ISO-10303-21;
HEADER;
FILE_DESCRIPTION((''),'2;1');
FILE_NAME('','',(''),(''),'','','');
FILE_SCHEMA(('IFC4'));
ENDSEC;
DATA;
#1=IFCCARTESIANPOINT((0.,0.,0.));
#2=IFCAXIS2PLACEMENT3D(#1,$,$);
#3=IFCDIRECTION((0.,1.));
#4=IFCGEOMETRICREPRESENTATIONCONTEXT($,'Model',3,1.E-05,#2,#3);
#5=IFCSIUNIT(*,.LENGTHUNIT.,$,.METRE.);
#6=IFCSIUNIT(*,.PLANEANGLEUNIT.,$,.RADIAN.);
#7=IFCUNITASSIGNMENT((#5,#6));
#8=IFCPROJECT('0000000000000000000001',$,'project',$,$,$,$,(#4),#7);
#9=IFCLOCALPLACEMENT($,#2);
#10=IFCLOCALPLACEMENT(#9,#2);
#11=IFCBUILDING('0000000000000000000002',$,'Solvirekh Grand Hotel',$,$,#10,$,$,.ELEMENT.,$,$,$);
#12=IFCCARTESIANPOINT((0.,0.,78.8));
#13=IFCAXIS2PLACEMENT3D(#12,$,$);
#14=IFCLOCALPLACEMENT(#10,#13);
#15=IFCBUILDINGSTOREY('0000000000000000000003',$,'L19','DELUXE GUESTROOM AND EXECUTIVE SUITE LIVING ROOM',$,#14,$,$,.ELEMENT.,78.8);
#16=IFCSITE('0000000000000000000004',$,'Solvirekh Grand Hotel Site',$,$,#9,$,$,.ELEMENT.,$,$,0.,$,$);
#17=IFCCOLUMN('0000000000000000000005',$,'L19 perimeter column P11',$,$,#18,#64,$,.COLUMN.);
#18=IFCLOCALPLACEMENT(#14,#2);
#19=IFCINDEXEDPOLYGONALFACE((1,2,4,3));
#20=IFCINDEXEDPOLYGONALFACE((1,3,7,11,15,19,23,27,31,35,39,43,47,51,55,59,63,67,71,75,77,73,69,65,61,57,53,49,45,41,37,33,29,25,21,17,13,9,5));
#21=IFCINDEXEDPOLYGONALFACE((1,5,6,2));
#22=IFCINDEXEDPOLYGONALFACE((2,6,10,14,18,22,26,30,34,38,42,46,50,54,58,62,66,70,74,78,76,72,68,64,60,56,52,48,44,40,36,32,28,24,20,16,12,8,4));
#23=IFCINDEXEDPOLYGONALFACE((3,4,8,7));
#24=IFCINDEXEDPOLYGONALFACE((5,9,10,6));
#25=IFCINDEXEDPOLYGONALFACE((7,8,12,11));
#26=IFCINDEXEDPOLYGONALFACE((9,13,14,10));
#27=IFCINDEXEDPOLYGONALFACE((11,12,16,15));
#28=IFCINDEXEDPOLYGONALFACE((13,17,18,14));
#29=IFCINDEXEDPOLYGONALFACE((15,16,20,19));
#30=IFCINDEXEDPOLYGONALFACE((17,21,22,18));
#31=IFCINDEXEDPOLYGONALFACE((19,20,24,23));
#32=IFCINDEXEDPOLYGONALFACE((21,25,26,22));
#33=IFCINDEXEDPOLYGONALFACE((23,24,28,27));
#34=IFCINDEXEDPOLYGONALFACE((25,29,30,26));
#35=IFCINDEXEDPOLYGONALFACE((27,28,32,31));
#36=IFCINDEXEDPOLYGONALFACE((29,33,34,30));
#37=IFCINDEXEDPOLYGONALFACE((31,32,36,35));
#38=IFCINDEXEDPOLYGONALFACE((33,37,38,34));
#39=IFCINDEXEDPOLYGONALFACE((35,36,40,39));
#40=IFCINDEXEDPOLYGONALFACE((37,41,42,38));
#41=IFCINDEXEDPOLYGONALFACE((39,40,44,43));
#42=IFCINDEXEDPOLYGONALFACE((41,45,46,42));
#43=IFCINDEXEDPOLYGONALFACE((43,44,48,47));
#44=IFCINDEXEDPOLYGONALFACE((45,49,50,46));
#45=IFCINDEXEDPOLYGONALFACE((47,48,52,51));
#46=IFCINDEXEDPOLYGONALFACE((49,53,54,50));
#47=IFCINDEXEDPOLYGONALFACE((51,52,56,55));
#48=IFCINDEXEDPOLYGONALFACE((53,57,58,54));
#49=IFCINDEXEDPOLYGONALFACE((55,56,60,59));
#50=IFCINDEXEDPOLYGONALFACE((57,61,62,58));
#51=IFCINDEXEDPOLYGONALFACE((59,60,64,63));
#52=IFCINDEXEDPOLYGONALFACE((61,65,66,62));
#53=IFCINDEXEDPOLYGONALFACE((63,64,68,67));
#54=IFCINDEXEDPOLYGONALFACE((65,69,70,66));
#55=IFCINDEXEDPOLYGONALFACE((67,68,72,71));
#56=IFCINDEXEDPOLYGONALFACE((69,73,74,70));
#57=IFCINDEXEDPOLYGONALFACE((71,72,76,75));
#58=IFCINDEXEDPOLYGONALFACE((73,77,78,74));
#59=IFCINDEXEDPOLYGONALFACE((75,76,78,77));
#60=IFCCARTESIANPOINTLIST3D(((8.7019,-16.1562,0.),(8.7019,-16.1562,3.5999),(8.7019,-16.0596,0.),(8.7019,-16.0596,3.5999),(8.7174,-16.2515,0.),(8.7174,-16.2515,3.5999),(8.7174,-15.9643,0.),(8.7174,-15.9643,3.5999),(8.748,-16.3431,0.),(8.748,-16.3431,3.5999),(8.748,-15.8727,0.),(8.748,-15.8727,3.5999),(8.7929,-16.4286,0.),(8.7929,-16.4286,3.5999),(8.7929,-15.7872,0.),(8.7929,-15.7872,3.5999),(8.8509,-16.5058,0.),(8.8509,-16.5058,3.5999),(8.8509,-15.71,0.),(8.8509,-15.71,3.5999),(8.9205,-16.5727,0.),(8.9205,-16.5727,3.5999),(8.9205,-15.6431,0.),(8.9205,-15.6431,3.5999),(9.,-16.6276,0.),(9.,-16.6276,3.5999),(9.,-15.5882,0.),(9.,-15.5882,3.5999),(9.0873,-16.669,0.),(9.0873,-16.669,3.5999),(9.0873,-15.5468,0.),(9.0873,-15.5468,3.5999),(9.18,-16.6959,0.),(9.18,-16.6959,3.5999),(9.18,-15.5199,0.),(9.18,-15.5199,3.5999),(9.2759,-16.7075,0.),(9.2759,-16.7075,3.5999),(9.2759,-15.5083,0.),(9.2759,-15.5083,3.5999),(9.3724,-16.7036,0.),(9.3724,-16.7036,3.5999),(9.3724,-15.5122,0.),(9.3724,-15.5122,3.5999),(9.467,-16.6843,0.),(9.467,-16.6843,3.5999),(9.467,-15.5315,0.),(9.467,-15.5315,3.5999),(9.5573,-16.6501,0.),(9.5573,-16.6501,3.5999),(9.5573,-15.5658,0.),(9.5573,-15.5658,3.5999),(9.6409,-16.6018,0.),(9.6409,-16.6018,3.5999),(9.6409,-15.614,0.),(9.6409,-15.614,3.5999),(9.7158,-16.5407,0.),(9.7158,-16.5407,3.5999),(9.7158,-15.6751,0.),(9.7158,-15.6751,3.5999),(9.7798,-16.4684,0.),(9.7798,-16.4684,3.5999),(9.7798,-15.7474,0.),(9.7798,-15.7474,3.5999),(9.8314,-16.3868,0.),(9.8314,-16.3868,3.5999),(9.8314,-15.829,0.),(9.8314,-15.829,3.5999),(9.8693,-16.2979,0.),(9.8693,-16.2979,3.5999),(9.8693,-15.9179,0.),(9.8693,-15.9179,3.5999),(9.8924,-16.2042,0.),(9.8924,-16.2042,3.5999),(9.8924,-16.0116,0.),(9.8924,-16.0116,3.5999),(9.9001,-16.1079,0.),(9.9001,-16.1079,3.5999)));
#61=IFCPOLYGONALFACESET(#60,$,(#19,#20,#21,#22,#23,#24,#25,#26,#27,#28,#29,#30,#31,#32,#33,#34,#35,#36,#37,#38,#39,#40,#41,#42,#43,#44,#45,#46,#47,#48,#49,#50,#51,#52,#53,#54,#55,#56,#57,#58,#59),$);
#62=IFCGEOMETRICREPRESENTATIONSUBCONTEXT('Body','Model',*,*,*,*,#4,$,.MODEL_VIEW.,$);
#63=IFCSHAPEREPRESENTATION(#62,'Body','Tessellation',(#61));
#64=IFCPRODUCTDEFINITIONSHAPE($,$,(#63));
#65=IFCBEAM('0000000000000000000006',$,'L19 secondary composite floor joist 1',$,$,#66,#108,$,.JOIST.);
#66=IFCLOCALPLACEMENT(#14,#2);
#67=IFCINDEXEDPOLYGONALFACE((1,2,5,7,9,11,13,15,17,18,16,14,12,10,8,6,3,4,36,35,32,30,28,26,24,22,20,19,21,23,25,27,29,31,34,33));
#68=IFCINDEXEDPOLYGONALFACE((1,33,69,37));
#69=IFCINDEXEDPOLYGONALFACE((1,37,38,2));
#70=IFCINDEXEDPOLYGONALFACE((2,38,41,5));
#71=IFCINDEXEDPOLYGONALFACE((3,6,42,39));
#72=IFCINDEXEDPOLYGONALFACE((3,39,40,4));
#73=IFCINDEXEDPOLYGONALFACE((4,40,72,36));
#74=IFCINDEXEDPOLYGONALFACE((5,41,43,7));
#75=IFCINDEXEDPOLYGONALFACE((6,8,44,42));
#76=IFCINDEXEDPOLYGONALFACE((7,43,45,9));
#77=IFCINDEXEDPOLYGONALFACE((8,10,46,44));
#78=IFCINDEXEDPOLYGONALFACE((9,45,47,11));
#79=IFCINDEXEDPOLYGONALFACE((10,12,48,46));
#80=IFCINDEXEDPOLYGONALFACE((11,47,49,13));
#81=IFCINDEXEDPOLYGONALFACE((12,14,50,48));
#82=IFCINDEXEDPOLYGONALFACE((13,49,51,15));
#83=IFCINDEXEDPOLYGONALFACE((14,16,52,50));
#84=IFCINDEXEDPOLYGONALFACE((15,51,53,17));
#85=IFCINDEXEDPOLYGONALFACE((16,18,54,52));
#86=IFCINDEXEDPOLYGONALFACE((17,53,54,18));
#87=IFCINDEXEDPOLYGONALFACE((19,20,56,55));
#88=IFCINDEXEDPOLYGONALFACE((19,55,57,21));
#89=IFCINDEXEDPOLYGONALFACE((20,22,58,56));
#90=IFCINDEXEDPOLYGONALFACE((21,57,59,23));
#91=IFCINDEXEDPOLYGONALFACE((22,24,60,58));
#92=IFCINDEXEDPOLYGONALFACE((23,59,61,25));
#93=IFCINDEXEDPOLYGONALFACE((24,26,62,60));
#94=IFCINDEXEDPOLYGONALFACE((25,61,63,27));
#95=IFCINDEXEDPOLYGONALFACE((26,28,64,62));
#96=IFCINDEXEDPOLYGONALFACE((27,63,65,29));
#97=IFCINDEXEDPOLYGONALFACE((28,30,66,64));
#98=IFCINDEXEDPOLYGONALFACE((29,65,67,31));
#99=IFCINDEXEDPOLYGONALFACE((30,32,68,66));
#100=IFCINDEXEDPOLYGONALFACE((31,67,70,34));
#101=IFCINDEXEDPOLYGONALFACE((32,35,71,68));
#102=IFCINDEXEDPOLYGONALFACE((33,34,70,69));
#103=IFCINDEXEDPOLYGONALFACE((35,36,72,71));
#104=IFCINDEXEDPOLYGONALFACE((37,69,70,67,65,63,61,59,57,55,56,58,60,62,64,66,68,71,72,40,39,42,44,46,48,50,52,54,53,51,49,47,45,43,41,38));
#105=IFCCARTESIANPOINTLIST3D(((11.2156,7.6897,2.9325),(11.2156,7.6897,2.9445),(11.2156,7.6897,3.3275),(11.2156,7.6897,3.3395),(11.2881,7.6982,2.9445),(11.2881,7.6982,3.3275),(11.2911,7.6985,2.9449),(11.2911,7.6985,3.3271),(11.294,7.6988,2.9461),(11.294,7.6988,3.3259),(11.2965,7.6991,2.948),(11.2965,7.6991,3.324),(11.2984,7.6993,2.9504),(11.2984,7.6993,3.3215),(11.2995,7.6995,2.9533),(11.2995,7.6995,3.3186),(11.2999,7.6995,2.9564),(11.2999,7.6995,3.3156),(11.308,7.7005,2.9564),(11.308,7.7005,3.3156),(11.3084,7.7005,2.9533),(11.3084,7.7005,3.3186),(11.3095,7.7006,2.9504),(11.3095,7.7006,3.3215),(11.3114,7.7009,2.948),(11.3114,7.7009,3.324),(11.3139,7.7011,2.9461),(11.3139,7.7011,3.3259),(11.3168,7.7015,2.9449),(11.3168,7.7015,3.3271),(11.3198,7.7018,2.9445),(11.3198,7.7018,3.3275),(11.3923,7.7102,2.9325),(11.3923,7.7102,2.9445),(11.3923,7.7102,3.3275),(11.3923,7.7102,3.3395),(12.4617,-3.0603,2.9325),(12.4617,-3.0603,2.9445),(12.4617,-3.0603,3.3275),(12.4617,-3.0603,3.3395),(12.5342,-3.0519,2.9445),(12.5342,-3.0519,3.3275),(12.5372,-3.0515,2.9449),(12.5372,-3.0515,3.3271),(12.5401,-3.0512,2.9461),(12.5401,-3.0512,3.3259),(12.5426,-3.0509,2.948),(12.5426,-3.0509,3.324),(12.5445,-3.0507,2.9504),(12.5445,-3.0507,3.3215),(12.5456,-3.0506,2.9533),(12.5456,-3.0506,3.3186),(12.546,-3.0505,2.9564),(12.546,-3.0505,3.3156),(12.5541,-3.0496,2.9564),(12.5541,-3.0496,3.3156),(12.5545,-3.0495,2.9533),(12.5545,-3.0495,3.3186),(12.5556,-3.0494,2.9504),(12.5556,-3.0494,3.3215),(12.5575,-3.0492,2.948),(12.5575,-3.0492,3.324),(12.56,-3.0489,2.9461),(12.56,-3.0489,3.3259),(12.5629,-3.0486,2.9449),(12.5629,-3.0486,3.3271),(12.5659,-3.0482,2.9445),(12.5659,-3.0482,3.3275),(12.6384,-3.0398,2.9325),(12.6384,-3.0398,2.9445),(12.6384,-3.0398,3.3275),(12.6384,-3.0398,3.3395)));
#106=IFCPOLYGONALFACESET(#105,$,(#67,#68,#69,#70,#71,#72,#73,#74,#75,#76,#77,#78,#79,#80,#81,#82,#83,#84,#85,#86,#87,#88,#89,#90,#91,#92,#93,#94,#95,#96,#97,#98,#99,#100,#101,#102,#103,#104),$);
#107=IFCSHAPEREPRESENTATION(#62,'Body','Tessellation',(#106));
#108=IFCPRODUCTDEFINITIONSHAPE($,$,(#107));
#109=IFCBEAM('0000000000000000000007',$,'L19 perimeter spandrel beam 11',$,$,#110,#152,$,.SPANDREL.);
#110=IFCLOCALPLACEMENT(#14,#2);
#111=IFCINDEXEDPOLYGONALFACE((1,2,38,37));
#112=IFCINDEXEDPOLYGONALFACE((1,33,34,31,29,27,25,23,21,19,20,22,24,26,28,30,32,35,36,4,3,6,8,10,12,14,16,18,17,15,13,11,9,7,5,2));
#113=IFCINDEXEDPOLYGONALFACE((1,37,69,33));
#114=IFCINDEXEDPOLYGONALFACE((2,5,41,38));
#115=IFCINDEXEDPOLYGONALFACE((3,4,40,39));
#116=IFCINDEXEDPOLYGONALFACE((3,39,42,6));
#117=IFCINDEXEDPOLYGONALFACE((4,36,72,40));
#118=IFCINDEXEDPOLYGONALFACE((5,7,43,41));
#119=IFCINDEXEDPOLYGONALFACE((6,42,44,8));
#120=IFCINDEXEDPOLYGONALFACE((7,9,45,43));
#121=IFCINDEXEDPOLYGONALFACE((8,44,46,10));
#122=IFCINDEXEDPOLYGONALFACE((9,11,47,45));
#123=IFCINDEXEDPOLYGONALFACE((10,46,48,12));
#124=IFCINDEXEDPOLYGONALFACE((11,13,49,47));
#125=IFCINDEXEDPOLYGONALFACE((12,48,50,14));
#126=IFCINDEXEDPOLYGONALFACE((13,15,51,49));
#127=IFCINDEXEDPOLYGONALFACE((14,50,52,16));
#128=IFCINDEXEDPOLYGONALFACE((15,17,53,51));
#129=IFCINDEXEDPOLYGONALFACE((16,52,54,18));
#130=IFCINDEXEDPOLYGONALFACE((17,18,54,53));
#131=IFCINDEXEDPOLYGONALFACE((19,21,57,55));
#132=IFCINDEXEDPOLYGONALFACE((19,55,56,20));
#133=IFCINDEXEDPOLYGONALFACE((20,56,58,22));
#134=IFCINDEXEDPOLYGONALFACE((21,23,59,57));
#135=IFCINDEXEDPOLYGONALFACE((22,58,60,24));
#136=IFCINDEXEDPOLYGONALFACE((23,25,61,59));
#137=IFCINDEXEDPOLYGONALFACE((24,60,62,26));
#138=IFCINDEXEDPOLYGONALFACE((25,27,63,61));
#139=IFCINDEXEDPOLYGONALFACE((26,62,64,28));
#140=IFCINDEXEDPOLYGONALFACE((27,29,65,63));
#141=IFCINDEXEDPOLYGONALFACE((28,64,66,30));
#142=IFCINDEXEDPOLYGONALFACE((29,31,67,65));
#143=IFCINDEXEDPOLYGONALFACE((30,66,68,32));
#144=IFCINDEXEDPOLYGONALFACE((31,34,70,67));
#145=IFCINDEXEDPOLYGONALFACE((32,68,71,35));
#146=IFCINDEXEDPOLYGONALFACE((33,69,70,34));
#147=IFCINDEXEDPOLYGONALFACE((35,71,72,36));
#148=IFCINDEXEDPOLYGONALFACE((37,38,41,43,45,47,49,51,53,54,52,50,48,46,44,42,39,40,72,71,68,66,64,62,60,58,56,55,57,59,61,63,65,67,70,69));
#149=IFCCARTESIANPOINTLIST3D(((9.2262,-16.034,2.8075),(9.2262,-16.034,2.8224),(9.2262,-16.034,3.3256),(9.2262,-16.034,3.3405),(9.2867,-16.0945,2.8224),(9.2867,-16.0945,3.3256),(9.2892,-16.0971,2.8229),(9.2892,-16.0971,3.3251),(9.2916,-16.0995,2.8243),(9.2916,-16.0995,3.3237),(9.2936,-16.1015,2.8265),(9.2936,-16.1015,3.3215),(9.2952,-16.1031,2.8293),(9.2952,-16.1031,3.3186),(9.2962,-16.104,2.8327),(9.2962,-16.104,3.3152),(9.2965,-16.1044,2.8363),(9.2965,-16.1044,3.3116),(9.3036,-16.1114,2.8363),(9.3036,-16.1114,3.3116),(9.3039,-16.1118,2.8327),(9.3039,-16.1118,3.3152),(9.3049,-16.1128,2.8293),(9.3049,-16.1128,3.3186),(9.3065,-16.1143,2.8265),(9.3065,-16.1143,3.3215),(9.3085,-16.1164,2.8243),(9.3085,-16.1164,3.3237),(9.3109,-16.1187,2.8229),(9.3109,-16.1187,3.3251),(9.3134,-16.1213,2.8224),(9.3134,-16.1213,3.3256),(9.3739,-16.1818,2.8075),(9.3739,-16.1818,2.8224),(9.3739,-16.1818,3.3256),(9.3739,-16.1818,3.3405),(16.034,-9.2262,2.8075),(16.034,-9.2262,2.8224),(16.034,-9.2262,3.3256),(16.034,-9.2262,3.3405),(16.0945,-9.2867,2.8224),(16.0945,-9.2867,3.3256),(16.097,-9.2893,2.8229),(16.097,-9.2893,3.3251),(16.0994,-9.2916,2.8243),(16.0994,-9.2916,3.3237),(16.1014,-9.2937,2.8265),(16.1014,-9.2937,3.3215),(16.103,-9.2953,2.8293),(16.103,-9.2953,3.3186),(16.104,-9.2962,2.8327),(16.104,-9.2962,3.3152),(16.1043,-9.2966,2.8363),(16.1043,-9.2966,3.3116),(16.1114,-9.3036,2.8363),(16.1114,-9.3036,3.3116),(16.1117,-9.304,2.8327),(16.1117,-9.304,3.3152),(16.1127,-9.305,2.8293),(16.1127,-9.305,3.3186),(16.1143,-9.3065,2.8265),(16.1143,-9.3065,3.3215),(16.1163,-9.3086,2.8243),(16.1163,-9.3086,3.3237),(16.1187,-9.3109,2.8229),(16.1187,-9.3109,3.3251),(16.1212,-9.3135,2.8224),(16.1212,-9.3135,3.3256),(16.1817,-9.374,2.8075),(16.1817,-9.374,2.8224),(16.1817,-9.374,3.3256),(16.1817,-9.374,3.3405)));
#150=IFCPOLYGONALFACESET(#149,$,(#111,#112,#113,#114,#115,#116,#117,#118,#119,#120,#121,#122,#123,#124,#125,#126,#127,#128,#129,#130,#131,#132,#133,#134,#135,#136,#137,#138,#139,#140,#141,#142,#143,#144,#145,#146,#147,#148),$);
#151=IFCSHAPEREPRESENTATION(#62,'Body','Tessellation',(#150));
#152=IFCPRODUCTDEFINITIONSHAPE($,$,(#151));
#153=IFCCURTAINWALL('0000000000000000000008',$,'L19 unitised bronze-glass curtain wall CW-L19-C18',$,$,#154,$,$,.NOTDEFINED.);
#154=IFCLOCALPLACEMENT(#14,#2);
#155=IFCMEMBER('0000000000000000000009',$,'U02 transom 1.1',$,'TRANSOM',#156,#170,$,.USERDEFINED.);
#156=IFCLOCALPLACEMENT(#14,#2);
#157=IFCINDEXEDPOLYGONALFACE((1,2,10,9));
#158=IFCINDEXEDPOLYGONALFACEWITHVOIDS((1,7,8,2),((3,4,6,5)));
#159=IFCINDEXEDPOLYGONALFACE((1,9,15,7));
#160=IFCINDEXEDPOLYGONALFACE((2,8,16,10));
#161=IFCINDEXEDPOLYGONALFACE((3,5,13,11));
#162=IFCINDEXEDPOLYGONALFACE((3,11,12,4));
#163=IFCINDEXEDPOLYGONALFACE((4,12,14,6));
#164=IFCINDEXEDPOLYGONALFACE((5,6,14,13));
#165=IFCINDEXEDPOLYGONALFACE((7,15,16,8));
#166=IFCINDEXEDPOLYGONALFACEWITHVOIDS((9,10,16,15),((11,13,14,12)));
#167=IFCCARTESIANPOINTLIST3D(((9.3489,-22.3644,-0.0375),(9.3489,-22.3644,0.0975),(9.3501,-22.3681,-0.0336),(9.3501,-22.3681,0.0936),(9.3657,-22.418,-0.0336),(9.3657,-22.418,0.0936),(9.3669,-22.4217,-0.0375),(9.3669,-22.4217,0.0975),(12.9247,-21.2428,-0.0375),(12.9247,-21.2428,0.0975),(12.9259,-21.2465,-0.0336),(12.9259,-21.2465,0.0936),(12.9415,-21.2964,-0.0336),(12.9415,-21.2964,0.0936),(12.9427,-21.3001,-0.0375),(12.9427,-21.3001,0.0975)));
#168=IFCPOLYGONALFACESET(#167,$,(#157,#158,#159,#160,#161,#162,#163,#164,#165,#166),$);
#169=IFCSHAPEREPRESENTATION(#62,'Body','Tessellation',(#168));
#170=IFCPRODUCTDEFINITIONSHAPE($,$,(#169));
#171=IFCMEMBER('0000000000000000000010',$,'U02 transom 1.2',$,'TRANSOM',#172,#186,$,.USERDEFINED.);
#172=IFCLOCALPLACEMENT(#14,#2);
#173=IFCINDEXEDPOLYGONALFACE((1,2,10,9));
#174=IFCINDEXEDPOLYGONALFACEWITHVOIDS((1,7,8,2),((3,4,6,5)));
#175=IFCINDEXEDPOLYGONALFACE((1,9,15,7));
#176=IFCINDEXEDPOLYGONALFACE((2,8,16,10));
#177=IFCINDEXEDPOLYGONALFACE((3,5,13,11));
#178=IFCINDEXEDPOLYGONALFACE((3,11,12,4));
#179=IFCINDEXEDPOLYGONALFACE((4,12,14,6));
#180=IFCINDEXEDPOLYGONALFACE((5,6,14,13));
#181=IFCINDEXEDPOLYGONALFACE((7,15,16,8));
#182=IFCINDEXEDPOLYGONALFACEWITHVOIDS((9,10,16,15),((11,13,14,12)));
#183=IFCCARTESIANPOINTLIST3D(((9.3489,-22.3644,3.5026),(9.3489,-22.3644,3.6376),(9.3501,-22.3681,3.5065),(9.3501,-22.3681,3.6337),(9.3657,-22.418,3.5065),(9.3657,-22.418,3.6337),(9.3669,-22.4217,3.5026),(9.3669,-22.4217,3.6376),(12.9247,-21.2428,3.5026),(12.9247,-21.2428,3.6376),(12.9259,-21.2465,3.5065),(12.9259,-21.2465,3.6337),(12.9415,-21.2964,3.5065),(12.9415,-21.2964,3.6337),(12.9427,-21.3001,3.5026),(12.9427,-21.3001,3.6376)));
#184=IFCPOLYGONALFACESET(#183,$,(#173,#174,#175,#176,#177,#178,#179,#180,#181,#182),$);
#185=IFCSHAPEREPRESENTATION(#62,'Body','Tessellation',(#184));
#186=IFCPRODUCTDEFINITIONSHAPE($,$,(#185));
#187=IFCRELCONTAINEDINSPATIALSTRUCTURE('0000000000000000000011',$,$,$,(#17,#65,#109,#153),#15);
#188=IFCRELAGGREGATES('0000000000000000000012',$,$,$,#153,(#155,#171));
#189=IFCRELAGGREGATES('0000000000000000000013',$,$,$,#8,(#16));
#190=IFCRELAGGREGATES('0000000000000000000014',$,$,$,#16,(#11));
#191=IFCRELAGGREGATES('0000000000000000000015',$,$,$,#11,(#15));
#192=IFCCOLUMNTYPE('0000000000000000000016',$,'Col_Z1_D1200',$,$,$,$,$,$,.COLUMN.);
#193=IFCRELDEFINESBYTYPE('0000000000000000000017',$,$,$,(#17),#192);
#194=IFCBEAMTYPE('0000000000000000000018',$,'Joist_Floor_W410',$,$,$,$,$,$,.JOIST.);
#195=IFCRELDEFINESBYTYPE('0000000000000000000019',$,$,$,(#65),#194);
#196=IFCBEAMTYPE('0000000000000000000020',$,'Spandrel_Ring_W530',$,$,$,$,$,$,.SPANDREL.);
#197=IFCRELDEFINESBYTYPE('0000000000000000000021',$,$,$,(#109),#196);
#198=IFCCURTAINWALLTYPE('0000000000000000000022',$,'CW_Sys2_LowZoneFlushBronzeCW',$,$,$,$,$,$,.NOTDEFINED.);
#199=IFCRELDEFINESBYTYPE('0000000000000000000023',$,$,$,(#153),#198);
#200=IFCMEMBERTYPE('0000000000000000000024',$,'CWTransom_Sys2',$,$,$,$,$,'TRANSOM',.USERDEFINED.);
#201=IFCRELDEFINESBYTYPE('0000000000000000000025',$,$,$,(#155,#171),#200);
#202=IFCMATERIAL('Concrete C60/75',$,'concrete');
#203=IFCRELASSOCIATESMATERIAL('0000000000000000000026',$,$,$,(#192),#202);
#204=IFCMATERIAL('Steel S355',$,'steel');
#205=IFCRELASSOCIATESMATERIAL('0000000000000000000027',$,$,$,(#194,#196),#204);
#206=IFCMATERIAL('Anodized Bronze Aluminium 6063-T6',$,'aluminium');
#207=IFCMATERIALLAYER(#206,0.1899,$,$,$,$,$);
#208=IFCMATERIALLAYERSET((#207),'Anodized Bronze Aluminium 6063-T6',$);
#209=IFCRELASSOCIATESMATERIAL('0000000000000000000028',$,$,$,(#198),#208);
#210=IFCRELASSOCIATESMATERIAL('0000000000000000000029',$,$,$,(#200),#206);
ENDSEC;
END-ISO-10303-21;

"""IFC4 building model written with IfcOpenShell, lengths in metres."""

from ifc_helpers import new_model, si_unit, direction, frame, origin, origin_2d, place, context, subcontext, project, spatial, hollow_rectangle, circle, i_section, extrude, source, transform, mapped, material, layer, layer_set, material_profile, profile_set, type_object, element, aggregate, save


model = new_model("IFC4")

# Units and contexts
model_context = context("Model", 3, precision=1e-05, world=origin(), true_north=direction((0.0, 1.0)))
body_context = subcontext(model_context, "Body", "Model", "MODEL_VIEW")
ifc_project = project(units=[si_unit("LENGTHUNIT", "METRE"), si_unit("PLANEANGLEUNIT", "RADIAN")], contexts=[model_context])

# Site, building, storey
site_placement = place(None, origin())
site = spatial("IfcSite", under=ifc_project, at=site_placement, Name="Solvirekh Grand Hotel Site", CompositionType="ELEMENT", RefElevation=0.0)
building_placement = place(site_placement, origin())
building = spatial("IfcBuilding", under=site, at=building_placement, Name="Solvirekh Grand Hotel", CompositionType="ELEMENT")
storey_placement = place(building_placement, frame((0.0, 0.0, 78.8)))
storey = spatial("IfcBuildingStorey", under=building, at=storey_placement, Name="L19", Description="DELUXE GUESTROOM AND EXECUTIVE SUITE LIVING ROOM", CompositionType="ELEMENT", Elevation=78.8)

# Column
ifc_material_1 = material(Name="Concrete C60/75", Category="concrete")
ifc_material_profile_1 = material_profile(ifc_material_1, circle(Radius=0.6001, at=origin_2d()), Name="RC CIRC D1200")
ifc_profile_set_1 = profile_set([ifc_material_profile_1], Name="Concrete C60/75")
column_type = type_object("IfcColumnType", Name="Col_Z1_D1200", PredefinedType="COLUMN", material=ifc_profile_set_1)
column_placement = place(storey_placement, frame((9.3, -16.1079, 0.0), z_axis=(0.0, 0.0, 1.0), x_axis=(1.0, 0.0, 0.0)))
element("IfcColumn", 1, at=column_placement, inside=storey, type_object=column_type, Name="L19 perimeter column P11", PredefinedType="COLUMN", context=body_context, shape_type="SweptSolid", body=[
    extrude(circle(Radius=0.6001, at=origin_2d()), origin(), (0.0, 0.0, 1.0), 3.5999),
])

# Beams
ifc_material_2 = material(Name="Steel S355", Category="steel")
ifc_material_profile_2 = material_profile(ifc_material_2, i_section(OverallWidth=0.178, OverallDepth=0.407, WebThickness=0.0081, FlangeThickness=0.012, FilletRadius=0.012, at=origin_2d()), Name="W410X60")
ifc_profile_set_2 = profile_set([ifc_material_profile_2], Name="Steel S355")
beam_type_1 = type_object("IfcBeamType", Name="Joist_Floor_W410", PredefinedType="JOIST", material=ifc_profile_set_2)
beam_1_placement = place(storey_placement, frame((12.55, -3.05, 3.136), z_axis=(-0.115145, 0.993349, 0.0), x_axis=(-0.993349, -0.115145, 0.0)))
element("IfcBeam", 2, at=beam_1_placement, inside=storey, type_object=beam_type_1, Name="L19 secondary composite floor joist 1", PredefinedType="JOIST", context=body_context, shape_type="SweptSolid", body=[
    extrude(i_section(OverallWidth=0.178, OverallDepth=0.407, WebThickness=0.0081, FlangeThickness=0.012, FilletRadius=0.012, at=origin_2d()), origin(), (0.0, 0.0, 1.0), 10.822),
])
ifc_material_profile_3 = material_profile(ifc_material_2, i_section(OverallWidth=0.209, OverallDepth=0.533, WebThickness=0.01, FlangeThickness=0.0149, FilletRadius=0.0139, at=origin_2d()), Name="W530X92")
ifc_profile_set_3 = profile_set([ifc_material_profile_3], Name="Steel S355")
beam_type_2 = type_object("IfcBeamType", Name="Spandrel_Ring_W530", PredefinedType="SPANDREL", material=ifc_profile_set_3)
beam_2_placement = place(storey_placement, frame((9.3, -16.1079, 3.074), z_axis=(0.707107, 0.707107, 0.0), x_axis=(-0.707107, 0.707107, 0.0)))
element("IfcBeam", 3, at=beam_2_placement, inside=storey, type_object=beam_type_2, Name="L19 perimeter spandrel beam 11", PredefinedType="SPANDREL", context=body_context, shape_type="SweptSolid", body=[
    extrude(i_section(OverallWidth=0.209, OverallDepth=0.533, WebThickness=0.01, FlangeThickness=0.0149, FilletRadius=0.0139, at=origin_2d()), origin(), (0.0, 0.0, 1.0), 9.6277),
])

# Curtain wall, members
ifc_material_3 = material(Name="Anodized Bronze Aluminium 6063-T6", Category="aluminium")
ifc_layer_1 = layer(ifc_material_3, 0.1899)
ifc_layer_set_1 = layer_set([ifc_layer_1], Name="Anodized Bronze Aluminium 6063-T6")
curtain_wall_type = type_object("IfcCurtainWallType", Name="CW_Sys2_LowZoneFlushBronzeCW", PredefinedType="NOTDEFINED", material=ifc_layer_set_1)
curtain_wall_placement = place(storey_placement, origin())
curtain_wall = element("IfcCurtainWall", 4, at=curtain_wall_placement, inside=storey, type_object=curtain_wall_type, Name="L19 unitised bronze-glass curtain wall CW-L19-C18", PredefinedType="NOTDEFINED")
ifc_material_profile_4 = material_profile(ifc_material_3, hollow_rectangle(XDim=0.0601, YDim=0.135, WallThickness=0.0039, at=origin_2d()), Name="ALU RHS 135X60X4")
ifc_profile_set_4 = profile_set([ifc_material_profile_4], Name="Anodized Bronze Aluminium 6063-T6")
member_type_1 = type_object("IfcMemberType", Name="CWTransom_Sys2", ElementType="TRANSOM", PredefinedType="USERDEFINED", material=ifc_profile_set_4)
shared_shape_1 = source(origin(), body_context, "Body", "SweptSolid", [
    extrude(hollow_rectangle(XDim=0.0601, YDim=0.135, WallThickness=0.0039, at=origin_2d()), origin(), (0.0, 0.0, 1.0), 3.7476),
])
member_1_placement = place(storey_placement, frame((9.3579, -22.3931, 0.03), z_axis=(0.954162, 0.299291, 0.0), x_axis=(-0.299291, 0.954162, 0.0)))
member_1 = element("IfcMember", 5, at=member_1_placement, type_object=member_type_1, Name="U02 transom 1.1", ObjectType="TRANSOM", PredefinedType="USERDEFINED", context=body_context, shape_type="MappedRepresentation", body=[
    mapped(shared_shape_1, transform((0.0, 0.0, 0.0), x_axis=(1.0, 0.0, 0.0), y_axis=(0.0, 1.0, 0.0), z_axis=(0.0, 0.0, 1.0), scale=1.0)),
])
member_2_placement = place(storey_placement, frame((9.3579, -22.3931, 3.5701), z_axis=(0.954162, 0.299291, 0.0), x_axis=(-0.299291, 0.954162, 0.0)))
member_2 = element("IfcMember", 6, at=member_2_placement, type_object=member_type_1, Name="U02 transom 1.2", ObjectType="TRANSOM", PredefinedType="USERDEFINED", context=body_context, shape_type="MappedRepresentation", body=[
    mapped(shared_shape_1, transform((0.0, 0.0, 0.0), x_axis=(1.0, 0.0, 0.0), y_axis=(0.0, 1.0, 0.0), z_axis=(0.0, 0.0, 1.0), scale=1.0)),
])
aggregate(curtain_wall, [member_1, member_2])

save(model, "model.ifc")
